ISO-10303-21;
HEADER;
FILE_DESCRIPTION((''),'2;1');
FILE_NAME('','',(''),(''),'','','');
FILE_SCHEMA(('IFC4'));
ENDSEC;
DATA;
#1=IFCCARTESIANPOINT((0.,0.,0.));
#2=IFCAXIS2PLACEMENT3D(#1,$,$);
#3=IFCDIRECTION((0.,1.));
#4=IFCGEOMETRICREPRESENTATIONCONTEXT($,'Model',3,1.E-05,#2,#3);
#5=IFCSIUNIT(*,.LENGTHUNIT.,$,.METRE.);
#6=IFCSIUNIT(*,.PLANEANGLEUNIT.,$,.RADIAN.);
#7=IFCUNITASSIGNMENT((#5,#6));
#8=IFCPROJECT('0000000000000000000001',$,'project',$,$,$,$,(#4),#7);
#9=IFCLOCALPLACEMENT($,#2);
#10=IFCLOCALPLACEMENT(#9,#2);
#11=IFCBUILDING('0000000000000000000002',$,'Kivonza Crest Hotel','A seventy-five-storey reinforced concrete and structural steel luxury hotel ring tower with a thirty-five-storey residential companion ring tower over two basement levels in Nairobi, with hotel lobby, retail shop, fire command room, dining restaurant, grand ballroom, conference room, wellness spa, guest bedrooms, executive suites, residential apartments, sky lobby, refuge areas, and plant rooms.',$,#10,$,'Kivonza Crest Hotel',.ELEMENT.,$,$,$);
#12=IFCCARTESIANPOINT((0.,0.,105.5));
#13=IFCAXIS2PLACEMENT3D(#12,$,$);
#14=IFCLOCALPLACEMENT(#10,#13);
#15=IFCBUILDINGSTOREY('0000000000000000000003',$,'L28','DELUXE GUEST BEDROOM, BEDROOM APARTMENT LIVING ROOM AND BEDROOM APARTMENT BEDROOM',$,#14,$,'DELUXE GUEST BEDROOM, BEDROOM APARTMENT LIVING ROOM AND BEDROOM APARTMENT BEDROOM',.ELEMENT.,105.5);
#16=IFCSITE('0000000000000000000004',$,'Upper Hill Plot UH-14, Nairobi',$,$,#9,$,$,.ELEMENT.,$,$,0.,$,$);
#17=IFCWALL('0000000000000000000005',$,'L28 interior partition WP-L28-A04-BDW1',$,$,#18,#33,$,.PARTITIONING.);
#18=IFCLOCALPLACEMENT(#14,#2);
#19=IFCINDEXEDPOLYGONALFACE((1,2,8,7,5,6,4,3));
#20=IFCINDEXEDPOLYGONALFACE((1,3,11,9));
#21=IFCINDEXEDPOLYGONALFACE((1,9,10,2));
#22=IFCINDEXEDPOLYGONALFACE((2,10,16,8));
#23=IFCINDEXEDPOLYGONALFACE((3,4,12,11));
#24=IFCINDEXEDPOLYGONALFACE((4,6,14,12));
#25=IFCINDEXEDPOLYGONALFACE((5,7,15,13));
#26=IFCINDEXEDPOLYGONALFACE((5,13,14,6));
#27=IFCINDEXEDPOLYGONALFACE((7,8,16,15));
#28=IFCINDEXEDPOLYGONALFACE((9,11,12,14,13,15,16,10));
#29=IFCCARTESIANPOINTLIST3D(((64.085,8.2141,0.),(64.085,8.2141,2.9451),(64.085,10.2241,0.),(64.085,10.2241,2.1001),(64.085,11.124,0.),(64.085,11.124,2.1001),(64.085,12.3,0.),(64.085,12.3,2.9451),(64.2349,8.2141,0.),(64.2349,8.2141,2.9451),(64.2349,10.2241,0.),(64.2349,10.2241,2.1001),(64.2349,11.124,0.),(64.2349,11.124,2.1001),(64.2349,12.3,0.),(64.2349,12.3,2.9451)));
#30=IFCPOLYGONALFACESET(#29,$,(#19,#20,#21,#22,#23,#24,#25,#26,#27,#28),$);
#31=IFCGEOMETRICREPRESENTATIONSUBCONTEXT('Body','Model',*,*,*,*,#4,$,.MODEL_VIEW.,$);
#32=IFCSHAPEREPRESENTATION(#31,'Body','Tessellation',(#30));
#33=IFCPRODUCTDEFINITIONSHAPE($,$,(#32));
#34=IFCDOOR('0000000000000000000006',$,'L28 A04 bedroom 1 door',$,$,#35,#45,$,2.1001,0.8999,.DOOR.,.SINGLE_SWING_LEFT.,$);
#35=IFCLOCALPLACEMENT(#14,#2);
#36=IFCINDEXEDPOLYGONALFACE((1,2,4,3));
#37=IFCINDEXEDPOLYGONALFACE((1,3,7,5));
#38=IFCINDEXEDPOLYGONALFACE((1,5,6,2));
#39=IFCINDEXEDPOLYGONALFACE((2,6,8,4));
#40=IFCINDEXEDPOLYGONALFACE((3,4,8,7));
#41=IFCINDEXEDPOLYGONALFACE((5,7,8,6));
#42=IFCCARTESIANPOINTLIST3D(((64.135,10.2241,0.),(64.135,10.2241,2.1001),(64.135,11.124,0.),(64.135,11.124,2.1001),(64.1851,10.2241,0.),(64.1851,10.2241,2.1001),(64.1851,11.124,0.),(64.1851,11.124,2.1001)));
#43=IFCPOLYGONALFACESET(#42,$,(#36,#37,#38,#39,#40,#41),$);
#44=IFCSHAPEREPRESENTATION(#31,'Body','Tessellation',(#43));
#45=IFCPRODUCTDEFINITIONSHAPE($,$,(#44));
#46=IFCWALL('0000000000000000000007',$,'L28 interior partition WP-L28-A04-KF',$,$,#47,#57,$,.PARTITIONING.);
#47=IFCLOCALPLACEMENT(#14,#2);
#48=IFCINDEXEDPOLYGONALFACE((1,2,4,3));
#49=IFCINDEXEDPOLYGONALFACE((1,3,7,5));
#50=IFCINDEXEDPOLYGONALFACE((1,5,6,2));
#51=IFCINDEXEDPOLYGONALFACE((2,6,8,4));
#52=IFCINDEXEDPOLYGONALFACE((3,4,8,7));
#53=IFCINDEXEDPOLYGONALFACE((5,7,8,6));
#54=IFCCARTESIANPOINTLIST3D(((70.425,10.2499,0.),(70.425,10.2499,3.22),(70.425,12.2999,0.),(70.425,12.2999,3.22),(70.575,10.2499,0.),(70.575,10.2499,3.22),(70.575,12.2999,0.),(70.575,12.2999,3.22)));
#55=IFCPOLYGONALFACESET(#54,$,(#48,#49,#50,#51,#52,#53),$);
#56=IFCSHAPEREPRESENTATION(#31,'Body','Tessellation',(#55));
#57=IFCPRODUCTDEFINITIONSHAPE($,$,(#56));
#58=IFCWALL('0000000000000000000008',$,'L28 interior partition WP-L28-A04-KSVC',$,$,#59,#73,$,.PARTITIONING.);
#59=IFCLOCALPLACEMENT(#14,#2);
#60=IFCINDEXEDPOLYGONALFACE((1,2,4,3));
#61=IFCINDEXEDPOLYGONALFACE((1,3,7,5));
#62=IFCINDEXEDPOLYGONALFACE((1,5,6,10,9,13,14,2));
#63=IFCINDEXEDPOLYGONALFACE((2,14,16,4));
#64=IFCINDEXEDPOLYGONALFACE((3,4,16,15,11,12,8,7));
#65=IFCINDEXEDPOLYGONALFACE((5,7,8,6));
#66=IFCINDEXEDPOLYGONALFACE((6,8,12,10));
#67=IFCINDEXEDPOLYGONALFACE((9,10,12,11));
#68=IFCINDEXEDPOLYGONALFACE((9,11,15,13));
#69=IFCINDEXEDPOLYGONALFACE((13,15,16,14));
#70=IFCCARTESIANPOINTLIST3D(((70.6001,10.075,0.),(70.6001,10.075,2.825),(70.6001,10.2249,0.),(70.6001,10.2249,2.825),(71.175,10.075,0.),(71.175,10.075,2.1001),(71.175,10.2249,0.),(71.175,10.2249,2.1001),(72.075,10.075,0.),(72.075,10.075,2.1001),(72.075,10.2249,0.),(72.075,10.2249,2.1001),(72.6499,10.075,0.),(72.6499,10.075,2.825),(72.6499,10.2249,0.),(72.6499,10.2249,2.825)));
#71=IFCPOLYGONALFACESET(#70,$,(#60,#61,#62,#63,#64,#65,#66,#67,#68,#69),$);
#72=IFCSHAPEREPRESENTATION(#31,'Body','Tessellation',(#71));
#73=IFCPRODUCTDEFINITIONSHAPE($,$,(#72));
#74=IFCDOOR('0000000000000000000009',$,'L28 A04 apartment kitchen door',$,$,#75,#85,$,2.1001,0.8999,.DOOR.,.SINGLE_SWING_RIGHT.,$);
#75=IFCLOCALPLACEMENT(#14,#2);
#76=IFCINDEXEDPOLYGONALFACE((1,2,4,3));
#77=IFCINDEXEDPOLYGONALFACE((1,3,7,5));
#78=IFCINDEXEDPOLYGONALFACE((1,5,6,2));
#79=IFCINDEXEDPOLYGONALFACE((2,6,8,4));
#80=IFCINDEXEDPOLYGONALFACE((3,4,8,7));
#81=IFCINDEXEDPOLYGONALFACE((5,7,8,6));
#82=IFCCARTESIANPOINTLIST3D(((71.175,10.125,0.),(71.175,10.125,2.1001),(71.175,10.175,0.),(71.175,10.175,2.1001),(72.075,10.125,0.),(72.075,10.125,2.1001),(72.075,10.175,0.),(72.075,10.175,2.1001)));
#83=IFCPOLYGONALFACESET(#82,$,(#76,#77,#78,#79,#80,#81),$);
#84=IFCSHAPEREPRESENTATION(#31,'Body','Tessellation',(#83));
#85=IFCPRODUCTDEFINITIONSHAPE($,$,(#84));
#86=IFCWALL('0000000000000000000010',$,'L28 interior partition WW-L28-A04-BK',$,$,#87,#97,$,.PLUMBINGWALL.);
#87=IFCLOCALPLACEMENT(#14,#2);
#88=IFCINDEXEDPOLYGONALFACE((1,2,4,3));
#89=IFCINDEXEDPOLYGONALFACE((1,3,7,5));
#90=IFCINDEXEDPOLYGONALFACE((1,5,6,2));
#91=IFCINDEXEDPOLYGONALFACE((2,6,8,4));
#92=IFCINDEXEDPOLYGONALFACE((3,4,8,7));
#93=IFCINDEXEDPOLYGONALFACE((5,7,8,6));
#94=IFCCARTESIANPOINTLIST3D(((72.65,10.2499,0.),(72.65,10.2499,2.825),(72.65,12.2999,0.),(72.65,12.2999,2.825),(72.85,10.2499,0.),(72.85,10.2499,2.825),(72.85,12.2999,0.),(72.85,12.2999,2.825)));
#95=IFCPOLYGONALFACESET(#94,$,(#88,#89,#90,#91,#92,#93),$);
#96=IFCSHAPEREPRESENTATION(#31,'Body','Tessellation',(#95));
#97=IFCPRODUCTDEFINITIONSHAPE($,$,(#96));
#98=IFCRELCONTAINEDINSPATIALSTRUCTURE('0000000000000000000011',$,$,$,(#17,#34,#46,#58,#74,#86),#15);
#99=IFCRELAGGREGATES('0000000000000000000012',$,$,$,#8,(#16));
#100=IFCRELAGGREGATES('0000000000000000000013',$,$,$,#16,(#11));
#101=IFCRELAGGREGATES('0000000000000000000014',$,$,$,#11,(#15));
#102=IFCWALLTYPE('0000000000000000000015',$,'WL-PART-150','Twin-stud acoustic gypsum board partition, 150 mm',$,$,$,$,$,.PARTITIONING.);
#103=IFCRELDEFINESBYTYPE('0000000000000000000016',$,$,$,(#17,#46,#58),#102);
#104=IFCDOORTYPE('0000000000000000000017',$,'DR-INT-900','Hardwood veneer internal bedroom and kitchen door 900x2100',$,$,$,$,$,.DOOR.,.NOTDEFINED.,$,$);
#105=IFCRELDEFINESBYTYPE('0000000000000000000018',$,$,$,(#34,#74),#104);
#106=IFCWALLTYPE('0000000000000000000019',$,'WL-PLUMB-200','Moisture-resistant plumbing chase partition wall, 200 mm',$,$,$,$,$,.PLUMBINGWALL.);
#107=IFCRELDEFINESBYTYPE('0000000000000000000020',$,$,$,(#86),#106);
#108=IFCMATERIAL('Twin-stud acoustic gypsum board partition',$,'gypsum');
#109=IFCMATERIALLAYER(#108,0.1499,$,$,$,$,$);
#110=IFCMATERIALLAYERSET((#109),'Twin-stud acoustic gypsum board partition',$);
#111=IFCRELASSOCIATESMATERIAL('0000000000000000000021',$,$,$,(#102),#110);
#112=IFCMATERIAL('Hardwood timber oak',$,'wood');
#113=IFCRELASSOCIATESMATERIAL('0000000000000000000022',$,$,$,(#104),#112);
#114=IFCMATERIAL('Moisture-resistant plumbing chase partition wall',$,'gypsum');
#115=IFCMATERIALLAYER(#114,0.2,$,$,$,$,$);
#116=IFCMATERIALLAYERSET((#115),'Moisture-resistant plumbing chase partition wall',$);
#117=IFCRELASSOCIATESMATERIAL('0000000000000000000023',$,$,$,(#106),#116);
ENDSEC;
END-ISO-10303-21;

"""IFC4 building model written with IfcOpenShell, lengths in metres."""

from ifc_helpers import new_model, si_unit, direction, frame, frame_2d, origin, place, context, subcontext, project, spatial, rectangle, extrude, material, layer, layer_set, type_object, element, fill, save


model = new_model("IFC4")

# Units and contexts
model_context = context("Model", 3, precision=1e-05, world=origin(), true_north=direction((0.0, 1.0)))
body_context = subcontext(model_context, "Body", "Model", "MODEL_VIEW")
ifc_project = project(units=[si_unit("LENGTHUNIT", "METRE"), si_unit("PLANEANGLEUNIT", "RADIAN")], contexts=[model_context])

# Site, building, storey
site_placement = place(None, origin())
site = spatial("IfcSite", under=ifc_project, at=site_placement, Name="Upper Hill Plot UH-14, Nairobi", CompositionType="ELEMENT", RefElevation=0.0)
building_placement = place(site_placement, origin())
building = spatial("IfcBuilding", under=site, at=building_placement, Name="Kivonza Crest Hotel", Description="A seventy-five-storey reinforced concrete and structural steel luxury hotel ring tower with a thirty-five-storey residential companion ring tower over two basement levels in Nairobi, with hotel lobby, retail shop, fire command room, dining restaurant, grand ballroom, conference room, wellness spa, guest bedrooms, executive suites, residential apartments, sky lobby, refuge areas, and plant rooms.", LongName="Kivonza Crest Hotel", CompositionType="ELEMENT")
storey_placement = place(building_placement, frame((0.0, 0.0, 105.5)))
storey = spatial("IfcBuildingStorey", under=building, at=storey_placement, Name="L28", Description="DELUXE GUEST BEDROOM, BEDROOM APARTMENT LIVING ROOM AND BEDROOM APARTMENT BEDROOM", LongName="DELUXE GUEST BEDROOM, BEDROOM APARTMENT LIVING ROOM AND BEDROOM APARTMENT BEDROOM", CompositionType="ELEMENT", Elevation=105.5)

# Shared definitions
ifc_material_1 = material(Name="Hardwood timber oak", Category="wood")

# Wall, opening, door
ifc_material_2 = material(Name="Twin-stud acoustic gypsum board partition", Category="gypsum")
ifc_layer_1 = layer(ifc_material_2, 0.1499)
ifc_layer_set_1 = layer_set([ifc_layer_1], Name="Twin-stud acoustic gypsum board partition")
wall_type_1 = type_object("IfcWallType", Name="WL-PART-150", Description="Twin-stud acoustic gypsum board partition, 150 mm", PredefinedType="PARTITIONING", material=ifc_layer_set_1)
wall_1_placement = place(storey_placement, frame((64.1599, 8.2141, 0.0), z_axis=(0.0, 0.0, 1.0), x_axis=(0.0, 1.0, 0.0)))
wall_1 = element("IfcWall", 1, at=wall_1_placement, inside=storey, type_object=wall_type_1, Name="L28 interior partition WP-L28-A04-BDW1", PredefinedType="PARTITIONING", context=body_context, shape_type="SweptSolid", body=[
    extrude(rectangle(XDim=4.0859, YDim=0.1499, at=frame_2d((2.043, 0.0))), origin(), (0.0, 0.0, 1.0), 2.9451),
])
opening_1_placement = place(wall_1_placement, frame((2.01, 0.0, 0.0)))
opening_1 = element("IfcOpeningElement", 2, at=opening_1_placement, cuts=wall_1, PredefinedType="OPENING", context=body_context, shape_type="SweptSolid", body=[
    extrude(rectangle(XDim=0.8999, YDim=2.1001, at=frame_2d((0.45, 1.05))), frame((0.0, 0.085, 0.0), z_axis=(0.0, -1.0, 0.0), x_axis=(1.0, 0.0, 0.0)), (0.0, 0.0, 1.0), 0.1699),
])
door_type_1 = type_object("IfcDoorType", Name="DR-INT-900", Description="Hardwood veneer internal bedroom and kitchen door 900x2100", OperationType="NOTDEFINED", PredefinedType="DOOR", material=ifc_material_1)
door_1_placement = place(opening_1_placement, origin())
door_1 = element("IfcDoor", 3, at=door_1_placement, inside=storey, type_object=door_type_1, Name="L28 A04 bedroom 1 door", OperationType="SINGLE_SWING_LEFT", OverallHeight=2.1001, OverallWidth=0.8999, PredefinedType="DOOR", context=body_context, shape_type="SweptSolid", body=[
    extrude(rectangle(XDim=0.8999, YDim=2.1001, at=frame_2d((0.45, 1.05))), frame((0.0, 0.0249, 0.0), z_axis=(0.0, -1.0, 0.0), x_axis=(1.0, 0.0, 0.0)), (0.0, 0.0, 1.0), 0.05),
])
fill(opening_1, door_1)

# Wall
wall_2_placement = place(storey_placement, frame((70.5, 10.25, 0.0), z_axis=(0.0, 0.0, 1.0), x_axis=(0.0, 1.0, 0.0)))
element("IfcWall", 4, at=wall_2_placement, inside=storey, type_object=wall_type_1, Name="L28 interior partition WP-L28-A04-KF", PredefinedType="PARTITIONING", context=body_context, shape_type="SweptSolid", body=[
    extrude(rectangle(XDim=2.05, YDim=0.1499, at=frame_2d((1.0249, 0.0))), origin(), (0.0, 0.0, 1.0), 3.22),
])

# Wall, opening, door
wall_3_placement = place(storey_placement, frame((70.6001, 10.1499, 0.0), z_axis=(0.0, 0.0, 1.0), x_axis=(1.0, 0.0, 0.0)))
wall_3 = element("IfcWall", 5, at=wall_3_placement, inside=storey, type_object=wall_type_1, Name="L28 interior partition WP-L28-A04-KSVC", PredefinedType="PARTITIONING", context=body_context, shape_type="SweptSolid", body=[
    extrude(rectangle(XDim=2.0498, YDim=0.1499, at=frame_2d((1.0249, 0.0))), origin(), (0.0, 0.0, 1.0), 2.825),
])
opening_2_placement = place(wall_3_placement, frame((0.575, 0.0, 0.0)))
opening_2 = element("IfcOpeningElement", 6, at=opening_2_placement, cuts=wall_3, PredefinedType="OPENING", context=body_context, shape_type="SweptSolid", body=[
    extrude(rectangle(XDim=0.8999, YDim=2.1001, at=frame_2d((0.45, 1.05))), frame((0.0, 0.085, 0.0), z_axis=(0.0, -1.0, 0.0), x_axis=(1.0, 0.0, 0.0)), (0.0, 0.0, 1.0), 0.1699),
])
door_2_placement = place(opening_2_placement, frame((0.8999, 0.0, 0.0), z_axis=(0.0, 0.0, 1.0), x_axis=(-1.0, 0.0, 0.0)))
door_2 = element("IfcDoor", 7, at=door_2_placement, inside=storey, type_object=door_type_1, Name="L28 A04 apartment kitchen door", OperationType="SINGLE_SWING_RIGHT", OverallHeight=2.1001, OverallWidth=0.8999, PredefinedType="DOOR", context=body_context, shape_type="SweptSolid", body=[
    extrude(rectangle(XDim=0.8999, YDim=2.1001, at=frame_2d((0.45, 1.05))), frame((0.0, 0.0249, 0.0), z_axis=(0.0, -1.0, 0.0), x_axis=(1.0, 0.0, 0.0)), (0.0, 0.0, 1.0), 0.05),
])
fill(opening_2, door_2)

# Wall
ifc_material_3 = material(Name="Moisture-resistant plumbing chase partition wall", Category="gypsum")
ifc_layer_2 = layer(ifc_material_3, 0.2)
ifc_layer_set_2 = layer_set([ifc_layer_2], Name="Moisture-resistant plumbing chase partition wall")
wall_type_2 = type_object("IfcWallType", Name="WL-PLUMB-200", Description="Moisture-resistant plumbing chase partition wall, 200 mm", PredefinedType="PLUMBINGWALL", material=ifc_layer_set_2)
wall_4_placement = place(storey_placement, frame((72.75, 10.25, 0.0), z_axis=(0.0, 0.0, 1.0), x_axis=(0.0, 1.0, 0.0)))
element("IfcWall", 8, at=wall_4_placement, inside=storey, type_object=wall_type_2, Name="L28 interior partition WW-L28-A04-BK", PredefinedType="PLUMBINGWALL", context=body_context, shape_type="SweptSolid", body=[
    extrude(rectangle(XDim=2.05, YDim=0.2, at=frame_2d((1.0249, 0.0))), origin(), (0.0, 0.0, 1.0), 2.825),
])

save(model, "model.ifc")
